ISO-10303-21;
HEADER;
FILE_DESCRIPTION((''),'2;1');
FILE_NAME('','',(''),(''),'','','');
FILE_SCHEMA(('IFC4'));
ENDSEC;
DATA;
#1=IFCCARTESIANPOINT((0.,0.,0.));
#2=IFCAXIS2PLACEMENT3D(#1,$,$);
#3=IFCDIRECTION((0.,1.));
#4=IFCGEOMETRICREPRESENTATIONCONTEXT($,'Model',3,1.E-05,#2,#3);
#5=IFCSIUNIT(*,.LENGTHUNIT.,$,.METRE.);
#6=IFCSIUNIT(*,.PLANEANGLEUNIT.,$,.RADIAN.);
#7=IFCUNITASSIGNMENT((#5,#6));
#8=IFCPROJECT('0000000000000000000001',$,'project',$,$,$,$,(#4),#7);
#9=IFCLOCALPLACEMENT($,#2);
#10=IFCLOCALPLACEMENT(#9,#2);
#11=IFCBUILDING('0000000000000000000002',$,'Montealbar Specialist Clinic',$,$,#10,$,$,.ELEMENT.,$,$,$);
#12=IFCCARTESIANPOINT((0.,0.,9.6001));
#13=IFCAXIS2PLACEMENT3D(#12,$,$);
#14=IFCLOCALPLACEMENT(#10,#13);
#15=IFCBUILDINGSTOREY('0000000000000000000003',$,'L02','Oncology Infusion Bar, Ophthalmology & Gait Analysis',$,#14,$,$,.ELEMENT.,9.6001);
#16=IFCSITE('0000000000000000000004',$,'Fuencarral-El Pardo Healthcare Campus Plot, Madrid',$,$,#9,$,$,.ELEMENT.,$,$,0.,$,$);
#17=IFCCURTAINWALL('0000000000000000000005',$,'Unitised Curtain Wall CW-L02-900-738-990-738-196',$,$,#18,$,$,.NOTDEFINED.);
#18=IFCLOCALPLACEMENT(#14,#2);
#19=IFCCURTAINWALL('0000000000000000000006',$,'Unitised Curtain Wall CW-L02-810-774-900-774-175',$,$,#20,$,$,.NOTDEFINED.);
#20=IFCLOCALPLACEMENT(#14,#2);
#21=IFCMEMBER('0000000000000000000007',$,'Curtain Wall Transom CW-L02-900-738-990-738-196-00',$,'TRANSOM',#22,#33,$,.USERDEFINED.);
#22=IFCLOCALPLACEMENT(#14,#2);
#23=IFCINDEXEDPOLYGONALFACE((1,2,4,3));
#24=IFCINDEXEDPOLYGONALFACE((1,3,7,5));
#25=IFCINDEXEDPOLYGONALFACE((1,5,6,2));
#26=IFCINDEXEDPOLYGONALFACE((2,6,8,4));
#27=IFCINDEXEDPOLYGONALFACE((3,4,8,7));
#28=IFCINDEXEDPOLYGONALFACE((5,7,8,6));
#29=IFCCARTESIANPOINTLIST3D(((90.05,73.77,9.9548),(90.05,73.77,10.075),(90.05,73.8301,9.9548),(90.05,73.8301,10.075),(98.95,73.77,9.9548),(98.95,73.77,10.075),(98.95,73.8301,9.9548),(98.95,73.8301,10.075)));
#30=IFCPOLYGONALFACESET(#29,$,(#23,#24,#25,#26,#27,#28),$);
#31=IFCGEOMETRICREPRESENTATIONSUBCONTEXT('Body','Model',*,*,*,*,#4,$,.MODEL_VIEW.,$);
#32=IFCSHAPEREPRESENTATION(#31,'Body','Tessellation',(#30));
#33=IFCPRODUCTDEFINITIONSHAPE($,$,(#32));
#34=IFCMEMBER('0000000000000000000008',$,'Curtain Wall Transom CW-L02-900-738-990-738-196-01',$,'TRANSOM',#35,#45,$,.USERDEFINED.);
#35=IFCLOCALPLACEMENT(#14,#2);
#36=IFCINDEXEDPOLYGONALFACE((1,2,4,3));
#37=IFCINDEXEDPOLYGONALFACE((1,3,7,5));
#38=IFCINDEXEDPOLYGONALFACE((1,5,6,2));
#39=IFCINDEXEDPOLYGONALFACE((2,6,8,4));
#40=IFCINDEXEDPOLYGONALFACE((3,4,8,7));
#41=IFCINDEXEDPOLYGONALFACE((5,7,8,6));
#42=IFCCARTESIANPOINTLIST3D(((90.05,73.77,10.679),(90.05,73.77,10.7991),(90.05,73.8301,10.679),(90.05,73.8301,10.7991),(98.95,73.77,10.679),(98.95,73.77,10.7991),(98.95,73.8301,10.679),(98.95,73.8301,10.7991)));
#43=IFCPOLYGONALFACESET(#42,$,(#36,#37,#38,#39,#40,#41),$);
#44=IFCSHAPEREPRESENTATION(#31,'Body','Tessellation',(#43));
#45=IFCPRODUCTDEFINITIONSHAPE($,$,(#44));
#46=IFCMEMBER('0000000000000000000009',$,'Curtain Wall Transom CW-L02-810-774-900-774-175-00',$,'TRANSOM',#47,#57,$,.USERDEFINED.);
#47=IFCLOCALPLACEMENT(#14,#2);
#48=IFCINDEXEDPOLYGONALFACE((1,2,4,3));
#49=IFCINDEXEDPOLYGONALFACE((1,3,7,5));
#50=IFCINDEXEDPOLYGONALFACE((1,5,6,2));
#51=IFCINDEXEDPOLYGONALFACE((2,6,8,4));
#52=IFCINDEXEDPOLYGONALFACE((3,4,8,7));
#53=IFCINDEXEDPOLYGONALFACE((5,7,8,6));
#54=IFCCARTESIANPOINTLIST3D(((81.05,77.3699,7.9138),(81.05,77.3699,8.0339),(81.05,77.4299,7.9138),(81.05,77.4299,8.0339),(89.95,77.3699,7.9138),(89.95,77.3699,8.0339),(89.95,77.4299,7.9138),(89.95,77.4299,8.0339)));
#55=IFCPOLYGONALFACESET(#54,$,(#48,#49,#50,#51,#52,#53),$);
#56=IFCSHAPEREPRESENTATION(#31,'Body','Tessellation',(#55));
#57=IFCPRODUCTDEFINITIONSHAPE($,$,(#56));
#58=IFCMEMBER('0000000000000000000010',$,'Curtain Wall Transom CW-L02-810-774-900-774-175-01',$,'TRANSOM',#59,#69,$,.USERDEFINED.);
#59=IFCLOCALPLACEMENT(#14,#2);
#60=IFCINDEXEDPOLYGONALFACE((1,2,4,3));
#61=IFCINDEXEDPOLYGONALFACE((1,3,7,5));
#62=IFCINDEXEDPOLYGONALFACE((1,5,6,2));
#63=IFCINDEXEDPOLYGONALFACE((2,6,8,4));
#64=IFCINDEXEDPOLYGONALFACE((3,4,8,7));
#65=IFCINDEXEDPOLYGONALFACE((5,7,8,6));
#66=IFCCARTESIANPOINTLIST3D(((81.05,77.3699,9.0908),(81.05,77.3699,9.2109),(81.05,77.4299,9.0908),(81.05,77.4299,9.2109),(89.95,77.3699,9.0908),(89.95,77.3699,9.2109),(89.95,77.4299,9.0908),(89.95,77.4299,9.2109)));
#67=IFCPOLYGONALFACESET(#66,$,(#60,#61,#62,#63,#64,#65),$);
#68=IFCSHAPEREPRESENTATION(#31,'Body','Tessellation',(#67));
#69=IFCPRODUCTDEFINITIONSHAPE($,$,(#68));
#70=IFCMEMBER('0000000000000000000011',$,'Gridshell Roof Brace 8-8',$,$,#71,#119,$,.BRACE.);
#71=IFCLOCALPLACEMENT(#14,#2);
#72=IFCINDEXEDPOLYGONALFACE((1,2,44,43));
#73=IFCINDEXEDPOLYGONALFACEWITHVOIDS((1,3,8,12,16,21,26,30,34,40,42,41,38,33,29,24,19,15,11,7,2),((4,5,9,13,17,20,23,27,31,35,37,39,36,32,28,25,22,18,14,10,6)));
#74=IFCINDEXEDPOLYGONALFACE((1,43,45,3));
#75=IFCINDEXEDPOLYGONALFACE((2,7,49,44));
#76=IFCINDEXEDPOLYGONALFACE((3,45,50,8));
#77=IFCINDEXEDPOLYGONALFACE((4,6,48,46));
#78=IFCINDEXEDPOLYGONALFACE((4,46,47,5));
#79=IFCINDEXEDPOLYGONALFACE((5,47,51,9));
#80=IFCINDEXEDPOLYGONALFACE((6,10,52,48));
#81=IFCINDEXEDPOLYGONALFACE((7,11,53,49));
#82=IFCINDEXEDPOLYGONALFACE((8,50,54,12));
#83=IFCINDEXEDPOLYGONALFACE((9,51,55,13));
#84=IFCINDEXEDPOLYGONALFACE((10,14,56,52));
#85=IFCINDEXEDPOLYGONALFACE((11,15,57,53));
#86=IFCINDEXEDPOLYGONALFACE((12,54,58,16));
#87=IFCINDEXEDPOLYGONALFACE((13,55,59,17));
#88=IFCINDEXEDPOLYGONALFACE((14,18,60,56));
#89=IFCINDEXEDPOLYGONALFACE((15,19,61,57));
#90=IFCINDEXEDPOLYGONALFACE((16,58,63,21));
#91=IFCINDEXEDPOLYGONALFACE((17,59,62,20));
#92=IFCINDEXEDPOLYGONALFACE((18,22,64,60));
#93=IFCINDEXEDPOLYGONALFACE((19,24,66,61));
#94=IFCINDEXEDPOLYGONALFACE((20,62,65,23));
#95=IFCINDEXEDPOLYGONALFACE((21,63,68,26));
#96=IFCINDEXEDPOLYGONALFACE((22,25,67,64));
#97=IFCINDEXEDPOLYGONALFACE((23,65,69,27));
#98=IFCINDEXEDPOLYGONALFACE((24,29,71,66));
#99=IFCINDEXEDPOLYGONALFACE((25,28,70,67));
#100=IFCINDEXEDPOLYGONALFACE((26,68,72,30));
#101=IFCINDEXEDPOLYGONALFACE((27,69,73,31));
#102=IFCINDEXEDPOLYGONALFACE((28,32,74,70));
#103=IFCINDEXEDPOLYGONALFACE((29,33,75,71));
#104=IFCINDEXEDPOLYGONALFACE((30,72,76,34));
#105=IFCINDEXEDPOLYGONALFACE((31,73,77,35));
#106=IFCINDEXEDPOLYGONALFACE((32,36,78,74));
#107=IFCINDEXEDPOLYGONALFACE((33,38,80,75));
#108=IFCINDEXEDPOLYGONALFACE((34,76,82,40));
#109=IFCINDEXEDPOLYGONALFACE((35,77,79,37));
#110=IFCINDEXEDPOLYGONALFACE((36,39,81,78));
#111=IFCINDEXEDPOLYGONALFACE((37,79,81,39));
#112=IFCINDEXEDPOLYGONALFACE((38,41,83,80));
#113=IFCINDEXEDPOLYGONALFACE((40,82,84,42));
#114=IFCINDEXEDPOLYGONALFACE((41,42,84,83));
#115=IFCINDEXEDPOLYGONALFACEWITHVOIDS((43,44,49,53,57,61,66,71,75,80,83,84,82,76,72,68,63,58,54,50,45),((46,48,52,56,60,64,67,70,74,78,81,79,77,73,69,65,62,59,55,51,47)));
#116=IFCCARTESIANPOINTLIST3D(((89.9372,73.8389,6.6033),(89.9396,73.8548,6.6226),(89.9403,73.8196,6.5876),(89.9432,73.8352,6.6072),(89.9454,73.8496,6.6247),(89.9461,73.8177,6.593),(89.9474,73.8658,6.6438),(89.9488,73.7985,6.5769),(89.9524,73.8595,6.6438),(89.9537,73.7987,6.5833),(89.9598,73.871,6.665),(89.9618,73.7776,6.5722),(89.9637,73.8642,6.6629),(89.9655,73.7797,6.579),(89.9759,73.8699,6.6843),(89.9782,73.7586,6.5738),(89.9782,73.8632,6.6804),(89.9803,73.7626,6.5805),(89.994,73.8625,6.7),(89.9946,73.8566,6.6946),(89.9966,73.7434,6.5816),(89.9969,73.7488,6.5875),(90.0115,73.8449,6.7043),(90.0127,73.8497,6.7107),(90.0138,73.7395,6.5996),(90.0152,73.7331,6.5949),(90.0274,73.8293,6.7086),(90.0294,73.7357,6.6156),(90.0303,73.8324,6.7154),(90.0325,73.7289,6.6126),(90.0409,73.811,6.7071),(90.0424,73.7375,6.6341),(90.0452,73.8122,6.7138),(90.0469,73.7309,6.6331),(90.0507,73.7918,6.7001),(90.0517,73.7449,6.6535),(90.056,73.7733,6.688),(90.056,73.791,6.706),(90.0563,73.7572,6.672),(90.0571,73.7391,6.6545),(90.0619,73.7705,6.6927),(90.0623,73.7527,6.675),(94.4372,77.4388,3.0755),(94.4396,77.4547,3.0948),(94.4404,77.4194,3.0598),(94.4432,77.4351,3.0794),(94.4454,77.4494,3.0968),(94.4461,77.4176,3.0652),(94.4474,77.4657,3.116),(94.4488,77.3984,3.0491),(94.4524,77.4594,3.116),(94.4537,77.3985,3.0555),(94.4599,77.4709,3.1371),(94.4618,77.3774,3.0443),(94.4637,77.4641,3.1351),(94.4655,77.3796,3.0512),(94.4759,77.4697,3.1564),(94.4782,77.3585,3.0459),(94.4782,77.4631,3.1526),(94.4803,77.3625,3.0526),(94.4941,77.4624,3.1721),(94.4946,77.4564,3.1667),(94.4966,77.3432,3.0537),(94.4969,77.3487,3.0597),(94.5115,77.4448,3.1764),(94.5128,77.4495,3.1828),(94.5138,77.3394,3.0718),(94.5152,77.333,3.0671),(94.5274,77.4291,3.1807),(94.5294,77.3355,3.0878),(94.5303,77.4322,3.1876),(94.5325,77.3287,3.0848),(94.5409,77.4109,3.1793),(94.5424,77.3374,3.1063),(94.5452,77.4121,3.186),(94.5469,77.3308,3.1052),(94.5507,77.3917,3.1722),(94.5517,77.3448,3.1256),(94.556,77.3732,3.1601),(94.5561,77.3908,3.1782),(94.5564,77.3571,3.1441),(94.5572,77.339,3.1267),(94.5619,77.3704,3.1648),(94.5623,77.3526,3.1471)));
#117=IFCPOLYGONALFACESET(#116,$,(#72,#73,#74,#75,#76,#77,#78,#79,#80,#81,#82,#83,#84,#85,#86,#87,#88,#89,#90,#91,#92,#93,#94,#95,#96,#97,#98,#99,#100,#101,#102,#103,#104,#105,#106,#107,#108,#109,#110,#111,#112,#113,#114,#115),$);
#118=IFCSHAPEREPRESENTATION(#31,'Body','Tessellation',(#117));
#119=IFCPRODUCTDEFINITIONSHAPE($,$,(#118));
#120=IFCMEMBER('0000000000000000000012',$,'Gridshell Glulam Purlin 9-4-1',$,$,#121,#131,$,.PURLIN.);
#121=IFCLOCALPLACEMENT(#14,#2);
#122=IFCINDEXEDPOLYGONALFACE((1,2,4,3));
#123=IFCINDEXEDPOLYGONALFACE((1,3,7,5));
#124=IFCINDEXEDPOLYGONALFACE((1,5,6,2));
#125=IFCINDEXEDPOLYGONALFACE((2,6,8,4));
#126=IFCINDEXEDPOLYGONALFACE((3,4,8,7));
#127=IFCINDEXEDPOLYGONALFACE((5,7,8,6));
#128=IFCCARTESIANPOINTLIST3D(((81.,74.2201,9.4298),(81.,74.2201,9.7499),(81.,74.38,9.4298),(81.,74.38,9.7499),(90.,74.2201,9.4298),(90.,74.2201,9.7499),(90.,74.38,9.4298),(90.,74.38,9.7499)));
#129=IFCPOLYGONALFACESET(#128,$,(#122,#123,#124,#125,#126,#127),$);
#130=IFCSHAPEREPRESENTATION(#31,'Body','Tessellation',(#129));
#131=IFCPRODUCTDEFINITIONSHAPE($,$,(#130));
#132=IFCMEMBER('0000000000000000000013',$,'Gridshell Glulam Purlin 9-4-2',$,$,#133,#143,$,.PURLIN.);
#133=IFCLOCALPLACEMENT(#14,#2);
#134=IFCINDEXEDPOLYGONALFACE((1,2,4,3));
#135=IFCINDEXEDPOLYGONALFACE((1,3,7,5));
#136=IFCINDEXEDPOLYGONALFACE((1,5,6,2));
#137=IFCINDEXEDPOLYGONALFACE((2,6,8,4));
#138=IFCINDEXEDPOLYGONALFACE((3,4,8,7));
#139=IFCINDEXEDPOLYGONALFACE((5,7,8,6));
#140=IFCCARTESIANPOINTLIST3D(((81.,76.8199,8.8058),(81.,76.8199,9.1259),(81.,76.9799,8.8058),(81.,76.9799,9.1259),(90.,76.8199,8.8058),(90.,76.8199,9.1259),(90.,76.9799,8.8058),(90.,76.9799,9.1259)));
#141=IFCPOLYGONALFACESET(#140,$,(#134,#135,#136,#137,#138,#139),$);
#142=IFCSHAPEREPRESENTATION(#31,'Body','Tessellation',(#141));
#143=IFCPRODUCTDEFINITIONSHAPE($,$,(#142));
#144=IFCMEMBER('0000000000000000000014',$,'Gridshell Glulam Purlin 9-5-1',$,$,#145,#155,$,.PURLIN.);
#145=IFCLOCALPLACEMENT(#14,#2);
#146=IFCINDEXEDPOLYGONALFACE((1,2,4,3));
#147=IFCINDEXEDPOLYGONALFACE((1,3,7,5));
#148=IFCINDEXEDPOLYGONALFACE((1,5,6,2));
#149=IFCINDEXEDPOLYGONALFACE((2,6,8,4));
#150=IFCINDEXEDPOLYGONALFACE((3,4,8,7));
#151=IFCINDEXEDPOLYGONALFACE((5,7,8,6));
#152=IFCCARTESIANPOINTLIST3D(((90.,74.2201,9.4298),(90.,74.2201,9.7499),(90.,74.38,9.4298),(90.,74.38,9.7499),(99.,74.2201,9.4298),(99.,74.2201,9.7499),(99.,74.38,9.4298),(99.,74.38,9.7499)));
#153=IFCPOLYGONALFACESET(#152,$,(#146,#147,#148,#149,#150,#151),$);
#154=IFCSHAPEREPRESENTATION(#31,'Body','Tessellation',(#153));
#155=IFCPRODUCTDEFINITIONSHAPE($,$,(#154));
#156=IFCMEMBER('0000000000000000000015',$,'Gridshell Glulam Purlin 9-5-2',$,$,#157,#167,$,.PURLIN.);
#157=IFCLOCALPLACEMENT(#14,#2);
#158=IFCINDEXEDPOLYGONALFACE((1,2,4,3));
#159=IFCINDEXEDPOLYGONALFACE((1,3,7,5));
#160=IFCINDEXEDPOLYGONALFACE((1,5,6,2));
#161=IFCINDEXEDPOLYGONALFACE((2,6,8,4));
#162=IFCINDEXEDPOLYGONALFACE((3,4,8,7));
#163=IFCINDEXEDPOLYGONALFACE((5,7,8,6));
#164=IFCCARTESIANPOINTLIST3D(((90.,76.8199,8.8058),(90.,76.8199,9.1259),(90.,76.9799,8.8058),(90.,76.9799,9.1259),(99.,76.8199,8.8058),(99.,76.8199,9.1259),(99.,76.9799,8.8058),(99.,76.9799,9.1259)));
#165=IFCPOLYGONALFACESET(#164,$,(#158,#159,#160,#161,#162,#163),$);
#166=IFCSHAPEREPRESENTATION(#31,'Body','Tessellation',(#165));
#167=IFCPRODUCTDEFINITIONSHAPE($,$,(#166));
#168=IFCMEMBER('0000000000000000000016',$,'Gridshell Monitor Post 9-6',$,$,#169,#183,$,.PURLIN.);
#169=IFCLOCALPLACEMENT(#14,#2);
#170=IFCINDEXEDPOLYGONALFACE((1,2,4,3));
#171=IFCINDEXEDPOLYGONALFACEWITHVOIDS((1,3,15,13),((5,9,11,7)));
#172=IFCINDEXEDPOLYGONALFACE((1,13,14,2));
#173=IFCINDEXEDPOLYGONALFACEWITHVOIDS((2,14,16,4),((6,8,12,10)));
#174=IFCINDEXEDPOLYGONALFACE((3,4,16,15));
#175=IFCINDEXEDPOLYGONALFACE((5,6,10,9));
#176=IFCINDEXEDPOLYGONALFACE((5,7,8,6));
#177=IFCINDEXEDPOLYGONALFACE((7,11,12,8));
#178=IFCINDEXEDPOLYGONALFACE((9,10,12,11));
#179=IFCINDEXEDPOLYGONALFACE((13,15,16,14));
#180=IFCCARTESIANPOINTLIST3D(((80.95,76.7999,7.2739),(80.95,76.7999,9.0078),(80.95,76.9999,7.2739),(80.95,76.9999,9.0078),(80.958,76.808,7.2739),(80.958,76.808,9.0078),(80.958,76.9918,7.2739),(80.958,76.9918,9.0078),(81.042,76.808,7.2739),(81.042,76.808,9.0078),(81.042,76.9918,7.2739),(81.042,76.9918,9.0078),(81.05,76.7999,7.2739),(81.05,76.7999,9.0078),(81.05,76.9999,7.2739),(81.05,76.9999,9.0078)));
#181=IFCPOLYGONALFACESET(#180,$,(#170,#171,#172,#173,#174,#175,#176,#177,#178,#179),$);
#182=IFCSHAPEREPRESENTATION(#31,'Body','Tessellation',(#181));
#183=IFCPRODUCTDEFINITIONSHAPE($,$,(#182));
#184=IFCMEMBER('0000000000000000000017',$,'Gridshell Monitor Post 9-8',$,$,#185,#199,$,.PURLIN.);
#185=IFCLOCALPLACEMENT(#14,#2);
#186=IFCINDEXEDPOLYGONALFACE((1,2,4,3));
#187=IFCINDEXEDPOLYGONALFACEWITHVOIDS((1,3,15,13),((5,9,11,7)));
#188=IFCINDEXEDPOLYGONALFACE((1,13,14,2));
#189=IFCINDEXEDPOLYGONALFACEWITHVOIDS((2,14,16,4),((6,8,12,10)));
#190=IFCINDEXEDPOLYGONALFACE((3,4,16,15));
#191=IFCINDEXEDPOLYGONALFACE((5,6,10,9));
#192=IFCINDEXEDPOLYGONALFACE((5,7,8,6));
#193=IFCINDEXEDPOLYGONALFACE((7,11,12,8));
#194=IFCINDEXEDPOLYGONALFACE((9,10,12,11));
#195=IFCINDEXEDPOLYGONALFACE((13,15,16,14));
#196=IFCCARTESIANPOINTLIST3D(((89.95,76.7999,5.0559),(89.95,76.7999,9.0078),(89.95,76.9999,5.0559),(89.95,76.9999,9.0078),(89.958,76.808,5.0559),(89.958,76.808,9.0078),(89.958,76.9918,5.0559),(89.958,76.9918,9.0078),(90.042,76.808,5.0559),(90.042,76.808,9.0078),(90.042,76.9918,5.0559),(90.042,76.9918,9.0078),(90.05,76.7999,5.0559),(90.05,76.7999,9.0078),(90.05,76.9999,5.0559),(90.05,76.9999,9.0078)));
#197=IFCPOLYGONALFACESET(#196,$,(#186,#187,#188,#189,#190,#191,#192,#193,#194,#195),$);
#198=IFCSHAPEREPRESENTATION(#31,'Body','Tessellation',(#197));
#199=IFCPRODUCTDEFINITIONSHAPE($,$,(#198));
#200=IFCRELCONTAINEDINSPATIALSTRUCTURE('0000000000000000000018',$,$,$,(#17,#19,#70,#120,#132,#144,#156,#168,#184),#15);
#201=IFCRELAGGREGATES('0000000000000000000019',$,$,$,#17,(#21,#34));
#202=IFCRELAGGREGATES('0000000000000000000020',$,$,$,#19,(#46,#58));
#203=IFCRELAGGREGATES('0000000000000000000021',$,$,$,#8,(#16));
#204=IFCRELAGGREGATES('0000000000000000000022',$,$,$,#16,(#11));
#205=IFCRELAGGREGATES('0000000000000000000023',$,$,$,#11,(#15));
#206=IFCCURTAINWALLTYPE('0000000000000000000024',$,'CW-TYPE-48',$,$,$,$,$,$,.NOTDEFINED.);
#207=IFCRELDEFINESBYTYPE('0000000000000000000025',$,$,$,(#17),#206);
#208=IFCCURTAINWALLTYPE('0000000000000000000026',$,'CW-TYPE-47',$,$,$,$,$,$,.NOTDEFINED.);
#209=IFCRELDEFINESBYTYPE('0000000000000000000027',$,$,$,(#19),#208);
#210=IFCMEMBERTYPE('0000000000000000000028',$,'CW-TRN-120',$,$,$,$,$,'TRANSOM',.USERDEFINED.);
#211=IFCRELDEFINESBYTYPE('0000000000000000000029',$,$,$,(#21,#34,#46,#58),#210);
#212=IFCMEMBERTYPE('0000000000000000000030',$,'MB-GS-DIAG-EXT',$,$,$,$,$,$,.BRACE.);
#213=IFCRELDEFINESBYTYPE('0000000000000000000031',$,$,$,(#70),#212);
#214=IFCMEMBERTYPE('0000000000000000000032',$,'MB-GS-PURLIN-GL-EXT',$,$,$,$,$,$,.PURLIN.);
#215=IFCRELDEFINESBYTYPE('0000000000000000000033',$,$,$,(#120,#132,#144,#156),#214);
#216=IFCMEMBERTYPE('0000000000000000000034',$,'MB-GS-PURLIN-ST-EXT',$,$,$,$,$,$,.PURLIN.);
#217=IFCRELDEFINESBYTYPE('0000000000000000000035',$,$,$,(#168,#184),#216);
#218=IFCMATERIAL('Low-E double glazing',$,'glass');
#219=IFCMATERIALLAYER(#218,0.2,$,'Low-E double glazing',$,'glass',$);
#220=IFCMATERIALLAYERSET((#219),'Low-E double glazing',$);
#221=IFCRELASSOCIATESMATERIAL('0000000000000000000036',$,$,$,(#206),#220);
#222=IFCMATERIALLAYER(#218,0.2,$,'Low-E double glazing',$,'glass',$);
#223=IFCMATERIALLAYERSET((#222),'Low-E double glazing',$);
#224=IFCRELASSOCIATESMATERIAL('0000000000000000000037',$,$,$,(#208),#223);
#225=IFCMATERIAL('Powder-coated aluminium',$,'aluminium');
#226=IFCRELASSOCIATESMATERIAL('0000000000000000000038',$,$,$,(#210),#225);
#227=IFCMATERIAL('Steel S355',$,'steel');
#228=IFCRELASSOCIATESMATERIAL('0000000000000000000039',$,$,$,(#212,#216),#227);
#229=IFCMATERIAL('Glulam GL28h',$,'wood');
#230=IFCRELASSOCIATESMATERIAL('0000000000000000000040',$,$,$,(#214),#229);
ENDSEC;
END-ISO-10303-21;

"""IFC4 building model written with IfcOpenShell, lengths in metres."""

from ifc_helpers import new_model, si_unit, direction, frame, origin, origin_2d, place, context, subcontext, project, spatial, rectangle, hollow_rectangle, hollow_circle, extrude, material, layer, layer_set, material_profile, profile_set, type_object, element, aggregate, save


model = new_model("IFC4")

# Units and contexts
model_context = context("Model", 3, precision=1e-05, world=origin(), true_north=direction((0.0, 1.0)))
body_context = subcontext(model_context, "Body", "Model", "MODEL_VIEW")
ifc_project = project(units=[si_unit("LENGTHUNIT", "METRE"), si_unit("PLANEANGLEUNIT", "RADIAN")], contexts=[model_context])

# Site, building, storey
site_placement = place(None, origin())
site = spatial("IfcSite", under=ifc_project, at=site_placement, Name="Fuencarral-El Pardo Healthcare Campus Plot, Madrid", CompositionType="ELEMENT", RefElevation=0.0)
building_placement = place(site_placement, origin())
building = spatial("IfcBuilding", under=site, at=building_placement, Name="Montealbar Specialist Clinic", CompositionType="ELEMENT")
storey_placement = place(building_placement, frame((0.0, 0.0, 9.6001)))
storey = spatial("IfcBuildingStorey", under=building, at=storey_placement, Name="L02", Description="Oncology Infusion Bar, Ophthalmology & Gait Analysis", CompositionType="ELEMENT", Elevation=9.6001)

# Shared definitions
ifc_material_1 = material(Name="Steel S355", Category="steel")
ifc_material_2 = material(Name="Glulam GL28h", Category="wood")

# Shared definitions
ifc_material_3 = material(Name="Low-E double glazing", Category="glass")
ifc_layer_1 = layer(ifc_material_3, 0.2, Name="Low-E double glazing", Category="glass")
ifc_layer_set_1 = layer_set([ifc_layer_1], Name="Low-E double glazing")
curtain_wall_type_1 = type_object("IfcCurtainWallType", Name="CW-TYPE-48", PredefinedType="NOTDEFINED", material=ifc_layer_set_1)

# Curtain walls
curtain_wall_1_placement = place(storey_placement, origin())
curtain_wall_1 = element("IfcCurtainWall", 1, at=curtain_wall_1_placement, inside=storey, type_object=curtain_wall_type_1, Name="Unitised Curtain Wall CW-L02-900-738-990-738-196", PredefinedType="NOTDEFINED")
ifc_layer_2 = layer(ifc_material_3, 0.2, Name="Low-E double glazing", Category="glass")
ifc_layer_set_2 = layer_set([ifc_layer_2], Name="Low-E double glazing")
curtain_wall_type_2 = type_object("IfcCurtainWallType", Name="CW-TYPE-47", PredefinedType="NOTDEFINED", material=ifc_layer_set_2)
curtain_wall_2_placement = place(storey_placement, origin())
curtain_wall_2 = element("IfcCurtainWall", 2, at=curtain_wall_2_placement, inside=storey, type_object=curtain_wall_type_2, Name="Unitised Curtain Wall CW-L02-810-774-900-774-175", PredefinedType="NOTDEFINED")

# Members
ifc_material_4 = material(Name="Powder-coated aluminium", Category="aluminium")
ifc_material_profile_1 = material_profile(ifc_material_4, rectangle(XDim=0.0601, YDim=0.1201, at=origin_2d()), Name="ALU 60x120", Category="aluminium")
ifc_profile_set_1 = profile_set([ifc_material_profile_1], Name="Powder-coated aluminium")
member_type_1 = type_object("IfcMemberType", Name="CW-TRN-120", ElementType="TRANSOM", PredefinedType="USERDEFINED", material=ifc_profile_set_1)
member_1_placement = place(storey_placement, frame((90.05, 73.8, 10.0149), z_axis=(1.0, 0.0, 0.0), x_axis=(0.0, 1.0, 0.0)))
member_1 = element("IfcMember", 3, at=member_1_placement, type_object=member_type_1, Name="Curtain Wall Transom CW-L02-900-738-990-738-196-00", ObjectType="TRANSOM", PredefinedType="USERDEFINED", context=body_context, shape_type="SweptSolid", body=[
    extrude(rectangle(XDim=0.0601, YDim=0.1201, at=origin_2d()), origin(), (0.0, 0.0, 1.0), 8.8999),
])
member_2_placement = place(storey_placement, frame((90.05, 73.8, 10.739), z_axis=(1.0, 0.0, 0.0), x_axis=(0.0, 1.0, 0.0)))
member_2 = element("IfcMember", 4, at=member_2_placement, type_object=member_type_1, Name="Curtain Wall Transom CW-L02-900-738-990-738-196-01", ObjectType="TRANSOM", PredefinedType="USERDEFINED", context=body_context, shape_type="SweptSolid", body=[
    extrude(rectangle(XDim=0.0601, YDim=0.1201, at=origin_2d()), origin(), (0.0, 0.0, 1.0), 8.8999),
])
member_3_placement = place(storey_placement, frame((81.05, 77.3999, 7.9739), z_axis=(1.0, 0.0, 0.0), x_axis=(0.0, 1.0, 0.0)))
member_3 = element("IfcMember", 5, at=member_3_placement, type_object=member_type_1, Name="Curtain Wall Transom CW-L02-810-774-900-774-175-00", ObjectType="TRANSOM", PredefinedType="USERDEFINED", context=body_context, shape_type="SweptSolid", body=[
    extrude(rectangle(XDim=0.0601, YDim=0.1201, at=origin_2d()), origin(), (0.0, 0.0, 1.0), 8.8999),
])
member_4_placement = place(storey_placement, frame((81.05, 77.3999, 9.1509), z_axis=(1.0, 0.0, 0.0), x_axis=(0.0, 1.0, 0.0)))
member_4 = element("IfcMember", 6, at=member_4_placement, type_object=member_type_1, Name="Curtain Wall Transom CW-L02-810-774-900-774-175-01", ObjectType="TRANSOM", PredefinedType="USERDEFINED", context=body_context, shape_type="SweptSolid", body=[
    extrude(rectangle(XDim=0.0601, YDim=0.1201, at=origin_2d()), origin(), (0.0, 0.0, 1.0), 8.8999),
])

# Members
ifc_material_profile_2 = material_profile(ifc_material_1, hollow_circle(Radius=0.0842, WallThickness=0.0081, at=origin_2d()), Name="CHS 168.3x8.0", Category="steel")
ifc_profile_set_2 = profile_set([ifc_material_profile_2], Name="Steel S355")
member_type_2 = type_object("IfcMemberType", Name="MB-GS-DIAG-EXT", PredefinedType="BRACE", material=ifc_profile_set_2)
member_5_placement = place(storey_placement, frame((90.0, 73.8, 6.6438), z_axis=(0.665994, 0.532774, -0.522115), x_axis=(-0.62468, 0.780881, 0.0)))
element("IfcMember", 7, at=member_5_placement, inside=storey, type_object=member_type_2, Name="Gridshell Roof Brace 8-8", PredefinedType="BRACE", context=body_context, shape_type="SweptSolid", body=[
    extrude(hollow_circle(Radius=0.0842, WallThickness=0.0081, at=origin_2d()), origin(), (0.0, 0.0, 1.0), 6.7568),
])
ifc_material_profile_3 = material_profile(ifc_material_2, rectangle(XDim=0.1599, YDim=0.3201, at=origin_2d()), Name="GL28h 160x320", Category="wood")
ifc_profile_set_3 = profile_set([ifc_material_profile_3], Name="Glulam GL28h")
member_type_3 = type_object("IfcMemberType", Name="MB-GS-PURLIN-GL-EXT", PredefinedType="PURLIN", material=ifc_profile_set_3)
for number, where, z_axis, x_axis, name in (
    (8, (81.0, 74.3, 9.5898), (1.0, 0.0, 0.0), (0.0, 1.0, 0.0), "Gridshell Glulam Purlin 9-4-1"),
    (9, (81.0, 76.8999, 8.9658), (1.0, 0.0, 0.0), (0.0, 1.0, 0.0), "Gridshell Glulam Purlin 9-4-2"),
    (10, (90.0, 74.3, 9.5898), (1.0, 0.0, 0.0), (0.0, 1.0, 0.0), "Gridshell Glulam Purlin 9-5-1"),
    (11, (90.0, 76.8999, 8.9658), (1.0, 0.0, 0.0), (0.0, 1.0, 0.0), "Gridshell Glulam Purlin 9-5-2"),
):
    element("IfcMember", number, at=place(storey_placement, frame(where, z_axis=z_axis, x_axis=x_axis)), inside=storey, type_object=member_type_3, Name=name, PredefinedType="PURLIN", context=body_context, shape_type="SweptSolid", body=[
        extrude(rectangle(XDim=0.1599, YDim=0.3201, at=origin_2d()), origin(), (0.0, 0.0, 1.0), 9.0),
    ])
ifc_material_profile_4 = material_profile(ifc_material_1, hollow_rectangle(XDim=0.1001, YDim=0.2, WallThickness=0.0081, at=origin_2d()), Name="RHS 200x100x8", Category="steel")
ifc_profile_set_4 = profile_set([ifc_material_profile_4], Name="Steel S355")
member_type_4 = type_object("IfcMemberType", Name="MB-GS-PURLIN-ST-EXT", PredefinedType="PURLIN", material=ifc_profile_set_4)
member_6_placement = place(storey_placement, frame((81.0, 76.8999, 7.2739), z_axis=(0.0, 0.0, 1.0), x_axis=(1.0, 0.0, 0.0)))
element("IfcMember", 12, at=member_6_placement, inside=storey, type_object=member_type_4, Name="Gridshell Monitor Post 9-6", PredefinedType="PURLIN", context=body_context, shape_type="SweptSolid", body=[
    extrude(hollow_rectangle(XDim=0.1001, YDim=0.2, WallThickness=0.0081, at=origin_2d()), origin(), (0.0, 0.0, 1.0), 1.7339),
])
member_7_placement = place(storey_placement, frame((90.0, 76.8999, 5.0559), z_axis=(0.0, 0.0, 1.0), x_axis=(1.0, 0.0, 0.0)))
element("IfcMember", 13, at=member_7_placement, inside=storey, type_object=member_type_4, Name="Gridshell Monitor Post 9-8", PredefinedType="PURLIN", context=body_context, shape_type="SweptSolid", body=[
    extrude(hollow_rectangle(XDim=0.1001, YDim=0.2, WallThickness=0.0081, at=origin_2d()), origin(), (0.0, 0.0, 1.0), 3.9519),
])

aggregate(curtain_wall_1, [member_1, member_2])
aggregate(curtain_wall_2, [member_3, member_4])

save(model, "model.ifc")
